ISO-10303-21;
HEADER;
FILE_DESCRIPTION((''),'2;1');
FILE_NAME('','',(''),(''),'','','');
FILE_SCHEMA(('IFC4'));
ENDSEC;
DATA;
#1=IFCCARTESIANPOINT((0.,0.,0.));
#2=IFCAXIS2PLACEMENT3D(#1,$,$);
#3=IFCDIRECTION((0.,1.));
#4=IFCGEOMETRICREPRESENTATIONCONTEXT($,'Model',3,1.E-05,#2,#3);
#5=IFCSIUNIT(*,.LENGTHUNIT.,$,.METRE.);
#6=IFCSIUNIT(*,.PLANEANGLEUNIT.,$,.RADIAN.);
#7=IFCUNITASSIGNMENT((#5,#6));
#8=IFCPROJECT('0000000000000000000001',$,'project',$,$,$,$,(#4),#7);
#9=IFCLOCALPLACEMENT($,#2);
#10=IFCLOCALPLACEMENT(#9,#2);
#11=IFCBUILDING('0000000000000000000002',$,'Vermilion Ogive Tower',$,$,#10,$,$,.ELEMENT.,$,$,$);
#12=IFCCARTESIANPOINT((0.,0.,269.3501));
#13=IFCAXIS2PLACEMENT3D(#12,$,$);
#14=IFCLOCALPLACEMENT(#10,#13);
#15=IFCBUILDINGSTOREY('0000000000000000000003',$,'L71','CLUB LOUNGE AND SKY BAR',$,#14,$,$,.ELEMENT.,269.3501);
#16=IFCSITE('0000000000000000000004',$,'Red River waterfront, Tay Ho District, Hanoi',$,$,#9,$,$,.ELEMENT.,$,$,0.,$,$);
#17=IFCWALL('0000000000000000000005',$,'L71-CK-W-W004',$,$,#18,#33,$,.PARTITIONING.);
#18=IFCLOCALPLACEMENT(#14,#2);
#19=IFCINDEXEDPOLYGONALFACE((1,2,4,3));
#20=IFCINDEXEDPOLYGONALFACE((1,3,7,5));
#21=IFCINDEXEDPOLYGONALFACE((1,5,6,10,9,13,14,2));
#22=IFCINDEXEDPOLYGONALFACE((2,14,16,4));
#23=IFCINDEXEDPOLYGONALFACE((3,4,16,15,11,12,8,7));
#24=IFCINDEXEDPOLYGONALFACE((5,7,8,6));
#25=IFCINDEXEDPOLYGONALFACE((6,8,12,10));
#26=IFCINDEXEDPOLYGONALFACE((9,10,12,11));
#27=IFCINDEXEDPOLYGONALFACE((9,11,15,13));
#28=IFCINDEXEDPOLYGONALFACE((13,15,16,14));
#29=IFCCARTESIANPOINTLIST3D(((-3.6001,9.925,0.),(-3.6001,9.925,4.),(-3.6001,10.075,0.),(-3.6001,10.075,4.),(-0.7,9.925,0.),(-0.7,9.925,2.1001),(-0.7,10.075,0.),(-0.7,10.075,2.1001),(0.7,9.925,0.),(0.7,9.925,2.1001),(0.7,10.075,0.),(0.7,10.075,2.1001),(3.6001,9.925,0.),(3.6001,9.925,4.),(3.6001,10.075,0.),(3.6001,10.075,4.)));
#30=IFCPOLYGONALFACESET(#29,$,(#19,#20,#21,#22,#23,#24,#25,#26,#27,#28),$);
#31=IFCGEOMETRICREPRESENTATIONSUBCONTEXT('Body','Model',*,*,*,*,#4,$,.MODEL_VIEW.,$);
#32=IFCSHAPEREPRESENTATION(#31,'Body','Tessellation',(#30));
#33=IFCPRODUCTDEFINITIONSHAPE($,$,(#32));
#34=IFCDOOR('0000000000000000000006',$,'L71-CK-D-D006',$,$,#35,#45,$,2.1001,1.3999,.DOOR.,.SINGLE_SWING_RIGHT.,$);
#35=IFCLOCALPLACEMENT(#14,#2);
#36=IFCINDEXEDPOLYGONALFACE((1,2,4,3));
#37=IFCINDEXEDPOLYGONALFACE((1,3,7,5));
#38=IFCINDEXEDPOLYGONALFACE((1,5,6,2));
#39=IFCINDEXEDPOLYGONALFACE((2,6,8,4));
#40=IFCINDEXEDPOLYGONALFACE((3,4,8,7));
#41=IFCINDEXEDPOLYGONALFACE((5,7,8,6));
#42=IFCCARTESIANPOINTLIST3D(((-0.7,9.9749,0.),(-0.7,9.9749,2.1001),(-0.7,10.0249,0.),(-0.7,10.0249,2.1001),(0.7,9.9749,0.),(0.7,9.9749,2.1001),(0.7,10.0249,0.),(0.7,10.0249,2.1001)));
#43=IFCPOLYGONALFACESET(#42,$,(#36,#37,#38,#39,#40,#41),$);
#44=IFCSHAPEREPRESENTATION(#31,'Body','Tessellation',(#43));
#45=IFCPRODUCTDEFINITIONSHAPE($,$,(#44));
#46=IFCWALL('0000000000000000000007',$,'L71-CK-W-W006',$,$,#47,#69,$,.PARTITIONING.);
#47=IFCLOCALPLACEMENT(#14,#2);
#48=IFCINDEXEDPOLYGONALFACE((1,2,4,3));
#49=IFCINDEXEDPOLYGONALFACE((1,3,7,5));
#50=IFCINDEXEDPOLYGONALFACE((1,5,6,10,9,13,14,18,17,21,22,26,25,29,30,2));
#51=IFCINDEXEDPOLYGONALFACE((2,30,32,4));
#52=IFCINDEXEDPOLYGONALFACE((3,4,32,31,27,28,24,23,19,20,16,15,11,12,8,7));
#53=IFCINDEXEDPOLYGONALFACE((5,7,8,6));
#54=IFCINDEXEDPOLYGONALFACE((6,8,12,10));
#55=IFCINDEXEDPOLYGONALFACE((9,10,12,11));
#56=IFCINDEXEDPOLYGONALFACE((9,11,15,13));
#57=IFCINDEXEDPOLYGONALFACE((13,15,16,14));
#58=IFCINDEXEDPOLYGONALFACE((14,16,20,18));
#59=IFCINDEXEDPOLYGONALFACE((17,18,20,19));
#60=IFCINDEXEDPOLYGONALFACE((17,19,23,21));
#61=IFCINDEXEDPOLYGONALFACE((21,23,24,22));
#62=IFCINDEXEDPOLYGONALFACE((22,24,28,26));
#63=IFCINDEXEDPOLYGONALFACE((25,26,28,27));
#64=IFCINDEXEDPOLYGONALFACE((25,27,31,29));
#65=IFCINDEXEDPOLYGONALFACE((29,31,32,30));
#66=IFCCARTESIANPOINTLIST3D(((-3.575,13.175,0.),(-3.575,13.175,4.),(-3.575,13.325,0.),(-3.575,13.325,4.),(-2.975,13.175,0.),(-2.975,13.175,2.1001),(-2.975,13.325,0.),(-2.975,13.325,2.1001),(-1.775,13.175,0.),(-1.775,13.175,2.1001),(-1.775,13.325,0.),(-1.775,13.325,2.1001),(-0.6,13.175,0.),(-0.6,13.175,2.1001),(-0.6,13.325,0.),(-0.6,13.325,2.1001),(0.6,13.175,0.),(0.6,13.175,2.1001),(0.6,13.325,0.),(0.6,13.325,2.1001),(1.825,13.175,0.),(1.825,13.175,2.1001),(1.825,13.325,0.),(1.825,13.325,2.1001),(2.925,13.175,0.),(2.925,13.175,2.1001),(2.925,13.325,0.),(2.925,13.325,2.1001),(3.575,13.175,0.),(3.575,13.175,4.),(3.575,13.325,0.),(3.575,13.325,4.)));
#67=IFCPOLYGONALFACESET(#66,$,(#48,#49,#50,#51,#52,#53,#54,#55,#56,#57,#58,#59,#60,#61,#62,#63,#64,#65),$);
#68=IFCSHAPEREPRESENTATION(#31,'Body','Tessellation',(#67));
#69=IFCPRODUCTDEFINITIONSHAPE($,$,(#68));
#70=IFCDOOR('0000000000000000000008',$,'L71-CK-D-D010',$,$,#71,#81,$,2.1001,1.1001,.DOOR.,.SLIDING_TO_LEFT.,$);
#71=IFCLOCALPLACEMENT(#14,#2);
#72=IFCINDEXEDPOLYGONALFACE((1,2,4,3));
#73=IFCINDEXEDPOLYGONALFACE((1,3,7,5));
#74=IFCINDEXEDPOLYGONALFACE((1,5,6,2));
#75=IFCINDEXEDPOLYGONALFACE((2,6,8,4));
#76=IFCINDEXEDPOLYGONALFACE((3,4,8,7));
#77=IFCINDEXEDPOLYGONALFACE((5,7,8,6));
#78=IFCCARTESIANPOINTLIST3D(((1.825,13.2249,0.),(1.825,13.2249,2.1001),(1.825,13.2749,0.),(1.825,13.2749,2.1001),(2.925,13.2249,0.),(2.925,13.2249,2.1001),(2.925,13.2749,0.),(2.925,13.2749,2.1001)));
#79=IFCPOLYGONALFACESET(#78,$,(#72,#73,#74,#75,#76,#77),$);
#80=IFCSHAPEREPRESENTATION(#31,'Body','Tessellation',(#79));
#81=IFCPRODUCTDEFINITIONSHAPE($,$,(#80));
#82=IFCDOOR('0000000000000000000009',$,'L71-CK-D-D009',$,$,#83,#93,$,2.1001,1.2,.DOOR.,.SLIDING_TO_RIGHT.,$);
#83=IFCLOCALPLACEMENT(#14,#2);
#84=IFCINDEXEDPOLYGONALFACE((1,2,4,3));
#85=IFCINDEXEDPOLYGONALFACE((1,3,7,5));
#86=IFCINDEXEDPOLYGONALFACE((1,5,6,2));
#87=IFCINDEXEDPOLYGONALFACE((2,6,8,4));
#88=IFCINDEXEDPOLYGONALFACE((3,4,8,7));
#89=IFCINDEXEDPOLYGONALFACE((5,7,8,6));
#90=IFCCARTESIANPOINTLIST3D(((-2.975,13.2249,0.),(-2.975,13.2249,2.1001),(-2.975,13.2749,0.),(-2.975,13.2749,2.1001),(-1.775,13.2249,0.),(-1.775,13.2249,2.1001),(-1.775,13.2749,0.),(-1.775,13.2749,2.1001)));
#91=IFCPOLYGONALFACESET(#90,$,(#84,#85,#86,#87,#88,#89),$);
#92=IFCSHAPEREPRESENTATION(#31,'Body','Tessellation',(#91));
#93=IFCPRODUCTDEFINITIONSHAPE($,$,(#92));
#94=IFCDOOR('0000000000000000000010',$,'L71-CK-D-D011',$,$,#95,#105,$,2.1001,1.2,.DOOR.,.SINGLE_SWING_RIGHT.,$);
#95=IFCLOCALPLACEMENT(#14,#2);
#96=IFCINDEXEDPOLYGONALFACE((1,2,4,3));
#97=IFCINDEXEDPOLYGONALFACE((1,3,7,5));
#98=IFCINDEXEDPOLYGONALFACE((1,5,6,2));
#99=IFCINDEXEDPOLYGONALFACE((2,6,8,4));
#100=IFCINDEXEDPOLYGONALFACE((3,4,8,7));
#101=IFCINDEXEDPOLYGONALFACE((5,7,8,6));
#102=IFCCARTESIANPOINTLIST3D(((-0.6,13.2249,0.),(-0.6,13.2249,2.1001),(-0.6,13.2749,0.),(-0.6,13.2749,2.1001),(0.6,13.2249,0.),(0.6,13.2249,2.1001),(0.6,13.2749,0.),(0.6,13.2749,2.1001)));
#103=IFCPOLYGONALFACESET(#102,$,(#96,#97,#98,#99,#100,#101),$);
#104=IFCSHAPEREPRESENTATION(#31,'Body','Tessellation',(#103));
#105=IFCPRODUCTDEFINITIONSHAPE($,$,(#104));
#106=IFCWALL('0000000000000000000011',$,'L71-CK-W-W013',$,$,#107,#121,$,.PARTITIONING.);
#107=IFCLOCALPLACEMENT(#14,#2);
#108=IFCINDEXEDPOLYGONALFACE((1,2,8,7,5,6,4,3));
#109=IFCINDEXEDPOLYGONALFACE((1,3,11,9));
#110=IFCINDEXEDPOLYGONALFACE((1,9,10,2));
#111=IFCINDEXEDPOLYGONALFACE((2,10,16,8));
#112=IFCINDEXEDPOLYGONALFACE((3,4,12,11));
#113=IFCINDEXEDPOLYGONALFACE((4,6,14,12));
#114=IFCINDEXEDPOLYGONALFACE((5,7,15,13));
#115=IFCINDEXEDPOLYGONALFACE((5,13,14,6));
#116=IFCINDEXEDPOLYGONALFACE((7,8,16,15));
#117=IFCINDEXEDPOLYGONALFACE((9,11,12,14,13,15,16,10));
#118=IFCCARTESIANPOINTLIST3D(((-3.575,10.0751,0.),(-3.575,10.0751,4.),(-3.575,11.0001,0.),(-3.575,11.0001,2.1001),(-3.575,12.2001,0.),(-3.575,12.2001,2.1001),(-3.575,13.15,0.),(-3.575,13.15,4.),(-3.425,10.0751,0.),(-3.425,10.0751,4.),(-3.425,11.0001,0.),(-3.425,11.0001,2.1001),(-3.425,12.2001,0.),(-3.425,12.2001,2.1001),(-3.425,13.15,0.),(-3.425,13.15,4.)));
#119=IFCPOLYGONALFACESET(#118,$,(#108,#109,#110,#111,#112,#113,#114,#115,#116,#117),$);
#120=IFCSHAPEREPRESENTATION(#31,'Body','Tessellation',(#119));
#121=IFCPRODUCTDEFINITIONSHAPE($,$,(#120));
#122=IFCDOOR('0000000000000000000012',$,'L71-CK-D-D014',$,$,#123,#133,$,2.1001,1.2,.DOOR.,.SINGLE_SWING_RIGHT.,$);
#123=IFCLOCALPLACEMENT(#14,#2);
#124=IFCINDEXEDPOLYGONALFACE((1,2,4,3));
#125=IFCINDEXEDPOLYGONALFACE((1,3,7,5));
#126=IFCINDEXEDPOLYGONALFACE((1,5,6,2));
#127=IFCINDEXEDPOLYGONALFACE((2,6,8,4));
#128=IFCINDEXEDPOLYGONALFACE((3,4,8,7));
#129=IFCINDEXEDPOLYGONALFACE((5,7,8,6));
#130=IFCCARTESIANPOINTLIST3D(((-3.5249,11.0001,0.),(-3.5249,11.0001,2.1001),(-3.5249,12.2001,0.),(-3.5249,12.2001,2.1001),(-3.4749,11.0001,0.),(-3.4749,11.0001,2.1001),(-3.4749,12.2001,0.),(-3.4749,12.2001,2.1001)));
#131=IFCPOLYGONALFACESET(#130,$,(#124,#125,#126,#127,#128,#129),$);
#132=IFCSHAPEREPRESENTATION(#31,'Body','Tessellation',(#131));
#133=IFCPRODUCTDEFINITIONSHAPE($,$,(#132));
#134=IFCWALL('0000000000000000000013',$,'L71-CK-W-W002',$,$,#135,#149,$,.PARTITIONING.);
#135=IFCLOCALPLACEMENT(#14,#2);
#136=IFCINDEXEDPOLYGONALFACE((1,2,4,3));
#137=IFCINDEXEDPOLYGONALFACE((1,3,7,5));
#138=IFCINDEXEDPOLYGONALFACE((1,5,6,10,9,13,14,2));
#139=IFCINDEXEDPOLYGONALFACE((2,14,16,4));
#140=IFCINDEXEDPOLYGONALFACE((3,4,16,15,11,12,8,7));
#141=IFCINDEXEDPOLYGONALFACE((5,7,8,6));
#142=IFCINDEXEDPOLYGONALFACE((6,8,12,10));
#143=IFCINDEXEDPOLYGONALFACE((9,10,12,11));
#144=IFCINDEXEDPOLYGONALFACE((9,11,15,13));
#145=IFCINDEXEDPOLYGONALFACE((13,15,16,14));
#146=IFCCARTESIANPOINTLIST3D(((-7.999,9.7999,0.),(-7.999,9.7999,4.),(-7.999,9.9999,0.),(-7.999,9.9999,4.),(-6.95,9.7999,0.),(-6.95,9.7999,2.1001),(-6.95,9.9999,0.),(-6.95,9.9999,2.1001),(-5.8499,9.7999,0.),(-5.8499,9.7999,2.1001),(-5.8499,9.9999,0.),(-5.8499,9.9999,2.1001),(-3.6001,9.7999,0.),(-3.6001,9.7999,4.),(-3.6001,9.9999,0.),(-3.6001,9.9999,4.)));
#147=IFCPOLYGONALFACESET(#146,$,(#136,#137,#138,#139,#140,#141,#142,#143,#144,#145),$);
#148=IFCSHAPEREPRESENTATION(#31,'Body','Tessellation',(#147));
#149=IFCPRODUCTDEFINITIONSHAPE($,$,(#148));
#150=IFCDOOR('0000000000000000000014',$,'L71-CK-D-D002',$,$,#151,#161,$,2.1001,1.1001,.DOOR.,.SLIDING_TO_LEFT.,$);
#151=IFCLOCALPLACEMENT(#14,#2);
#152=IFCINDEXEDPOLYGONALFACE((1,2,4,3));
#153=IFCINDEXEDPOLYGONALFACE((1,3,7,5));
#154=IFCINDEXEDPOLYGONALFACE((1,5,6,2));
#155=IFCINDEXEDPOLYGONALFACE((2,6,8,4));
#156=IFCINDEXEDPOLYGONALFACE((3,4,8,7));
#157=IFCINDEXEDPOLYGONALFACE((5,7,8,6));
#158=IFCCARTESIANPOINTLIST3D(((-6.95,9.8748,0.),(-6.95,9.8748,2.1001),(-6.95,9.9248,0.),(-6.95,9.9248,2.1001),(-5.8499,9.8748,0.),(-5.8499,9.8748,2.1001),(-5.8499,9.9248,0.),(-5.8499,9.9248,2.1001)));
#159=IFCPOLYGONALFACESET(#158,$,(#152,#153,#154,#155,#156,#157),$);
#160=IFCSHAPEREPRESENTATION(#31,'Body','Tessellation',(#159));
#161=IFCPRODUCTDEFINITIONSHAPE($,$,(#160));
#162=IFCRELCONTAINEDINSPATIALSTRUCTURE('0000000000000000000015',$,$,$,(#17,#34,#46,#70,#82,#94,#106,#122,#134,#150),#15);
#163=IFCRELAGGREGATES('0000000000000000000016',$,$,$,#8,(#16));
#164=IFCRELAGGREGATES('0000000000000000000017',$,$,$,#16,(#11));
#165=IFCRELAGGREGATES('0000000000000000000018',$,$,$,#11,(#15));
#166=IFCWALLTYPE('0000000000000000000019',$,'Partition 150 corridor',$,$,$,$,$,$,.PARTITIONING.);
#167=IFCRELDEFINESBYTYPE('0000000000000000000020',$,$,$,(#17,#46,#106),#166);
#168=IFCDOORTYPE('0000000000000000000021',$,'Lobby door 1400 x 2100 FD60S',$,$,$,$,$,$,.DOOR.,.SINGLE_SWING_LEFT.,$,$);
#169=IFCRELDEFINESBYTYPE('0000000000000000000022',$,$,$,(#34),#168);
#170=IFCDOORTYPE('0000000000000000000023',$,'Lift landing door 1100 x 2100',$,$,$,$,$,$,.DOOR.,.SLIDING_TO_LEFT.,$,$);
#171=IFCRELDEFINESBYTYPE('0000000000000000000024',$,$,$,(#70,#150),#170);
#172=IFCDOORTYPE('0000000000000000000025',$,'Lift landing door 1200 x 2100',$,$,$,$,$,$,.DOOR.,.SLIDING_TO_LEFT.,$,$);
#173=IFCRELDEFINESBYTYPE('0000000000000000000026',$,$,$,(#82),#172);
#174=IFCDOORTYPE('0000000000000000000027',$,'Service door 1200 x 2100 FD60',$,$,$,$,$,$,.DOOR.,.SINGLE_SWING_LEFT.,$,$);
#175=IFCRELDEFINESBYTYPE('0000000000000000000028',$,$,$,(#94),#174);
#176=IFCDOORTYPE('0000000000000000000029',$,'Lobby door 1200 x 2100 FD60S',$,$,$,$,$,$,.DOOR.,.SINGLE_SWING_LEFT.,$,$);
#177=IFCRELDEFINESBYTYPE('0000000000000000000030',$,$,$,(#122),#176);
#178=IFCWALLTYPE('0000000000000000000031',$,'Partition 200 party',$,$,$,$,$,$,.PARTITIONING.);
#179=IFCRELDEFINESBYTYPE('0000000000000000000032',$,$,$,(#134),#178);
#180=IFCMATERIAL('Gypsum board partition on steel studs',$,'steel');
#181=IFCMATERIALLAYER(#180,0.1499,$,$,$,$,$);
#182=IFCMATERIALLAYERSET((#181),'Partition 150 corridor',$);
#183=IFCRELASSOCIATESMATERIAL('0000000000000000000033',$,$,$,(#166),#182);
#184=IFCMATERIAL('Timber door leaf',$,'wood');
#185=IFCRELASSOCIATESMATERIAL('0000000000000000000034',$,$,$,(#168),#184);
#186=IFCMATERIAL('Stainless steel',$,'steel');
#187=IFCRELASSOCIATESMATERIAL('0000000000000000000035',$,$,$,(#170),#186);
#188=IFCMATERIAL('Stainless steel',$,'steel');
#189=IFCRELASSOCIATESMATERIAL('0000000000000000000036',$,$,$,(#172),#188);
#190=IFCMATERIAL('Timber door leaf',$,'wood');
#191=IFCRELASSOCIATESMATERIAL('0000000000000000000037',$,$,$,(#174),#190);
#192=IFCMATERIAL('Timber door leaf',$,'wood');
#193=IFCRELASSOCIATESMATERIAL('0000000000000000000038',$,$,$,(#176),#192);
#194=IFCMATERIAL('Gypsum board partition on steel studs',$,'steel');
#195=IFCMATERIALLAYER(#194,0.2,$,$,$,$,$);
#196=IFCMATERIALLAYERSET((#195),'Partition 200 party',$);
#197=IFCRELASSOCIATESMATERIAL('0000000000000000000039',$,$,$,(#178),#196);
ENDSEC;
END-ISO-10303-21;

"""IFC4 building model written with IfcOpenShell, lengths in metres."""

from ifc_helpers import new_model, si_unit, direction, frame, frame_2d, origin, place, context, subcontext, project, spatial, rectangle, extrude, material, layer, layer_set, type_object, element, fill, save


model = new_model("IFC4")

# Units and contexts
model_context = context("Model", 3, precision=1e-05, world=origin(), true_north=direction((0.0, 1.0)))
body_context = subcontext(model_context, "Body", "Model", "MODEL_VIEW")
ifc_project = project(units=[si_unit("LENGTHUNIT", "METRE"), si_unit("PLANEANGLEUNIT", "RADIAN")], contexts=[model_context])

# Site, building, storey
site_placement = place(None, origin())
site = spatial("IfcSite", under=ifc_project, at=site_placement, Name="Red River waterfront, Tay Ho District, Hanoi", CompositionType="ELEMENT", RefElevation=0.0)
building_placement = place(site_placement, origin())
building = spatial("IfcBuilding", under=site, at=building_placement, Name="Vermilion Ogive Tower", CompositionType="ELEMENT")
storey_placement = place(building_placement, frame((0.0, 0.0, 269.3501)))
storey = spatial("IfcBuildingStorey", under=building, at=storey_placement, Name="L71", Description="CLUB LOUNGE AND SKY BAR", CompositionType="ELEMENT", Elevation=269.3501)

# Wall, opening, door
ifc_material_1 = material(Name="Gypsum board partition on steel studs", Category="steel")
ifc_layer_1 = layer(ifc_material_1, 0.1499)
ifc_layer_set_1 = layer_set([ifc_layer_1], Name="Partition 150 corridor")
wall_type_1 = type_object("IfcWallType", Name="Partition 150 corridor", PredefinedType="PARTITIONING", material=ifc_layer_set_1)
wall_1_placement = place(storey_placement, frame((-3.6001, 10.0, 0.0), z_axis=(0.0, 0.0, 1.0), x_axis=(1.0, 0.0, 0.0)))
wall_1 = element("IfcWall", 1, at=wall_1_placement, inside=storey, type_object=wall_type_1, Name="L71-CK-W-W004", PredefinedType="PARTITIONING", context=body_context, shape_type="SweptSolid", body=[
    extrude(rectangle(XDim=7.2002, YDim=0.1499, at=frame_2d((3.6001, 0.0))), origin(), (0.0, 0.0, 1.0), 4.0),
])
opening_1_placement = place(wall_1_placement, frame((2.9001, 0.0, 0.0)))
opening_1 = element("IfcOpeningElement", 2, at=opening_1_placement, cuts=wall_1, PredefinedType="OPENING", context=body_context, shape_type="SweptSolid", body=[
    extrude(rectangle(XDim=1.3999, YDim=2.1001, at=frame_2d((0.7, 1.05))), frame((0.0, 0.085, 0.0), z_axis=(0.0, -1.0, 0.0), x_axis=(1.0, 0.0, 0.0)), (0.0, 0.0, 1.0), 0.1699),
])
ifc_material_2 = material(Name="Timber door leaf", Category="wood")
door_type_1 = type_object("IfcDoorType", Name="Lobby door 1400 x 2100 FD60S", OperationType="SINGLE_SWING_LEFT", PredefinedType="DOOR", material=ifc_material_2)
door_1_placement = place(opening_1_placement, origin())
door_1 = element("IfcDoor", 3, at=door_1_placement, inside=storey, type_object=door_type_1, Name="L71-CK-D-D006", OperationType="SINGLE_SWING_RIGHT", OverallHeight=2.1001, OverallWidth=1.3999, PredefinedType="DOOR", context=body_context, shape_type="SweptSolid", body=[
    extrude(rectangle(XDim=1.3999, YDim=2.1001, at=frame_2d((0.7, 1.05))), frame((0.0, 0.0249, 0.0), z_axis=(0.0, -1.0, 0.0), x_axis=(1.0, 0.0, 0.0)), (0.0, 0.0, 1.0), 0.05),
])
fill(opening_1, door_1)

# Wall, openings, doors
wall_2_placement = place(storey_placement, frame((-3.575, 13.25, 0.0), z_axis=(0.0, 0.0, 1.0), x_axis=(1.0, 0.0, 0.0)))
wall_2 = element("IfcWall", 4, at=wall_2_placement, inside=storey, type_object=wall_type_1, Name="L71-CK-W-W006", PredefinedType="PARTITIONING", context=body_context, shape_type="SweptSolid", body=[
    extrude(rectangle(XDim=7.1499, YDim=0.1499, at=frame_2d((3.575, 0.0))), origin(), (0.0, 0.0, 1.0), 4.0),
])
opening_2_placement = place(wall_2_placement, frame((0.5999, 0.0, 0.0)))
opening_2 = element("IfcOpeningElement", 5, at=opening_2_placement, cuts=wall_2, PredefinedType="OPENING", context=body_context, shape_type="SweptSolid", body=[
    extrude(rectangle(XDim=1.2, YDim=2.1001, at=frame_2d((0.6001, 1.05))), frame((0.0, 0.085, 0.0), z_axis=(0.0, -1.0, 0.0), x_axis=(1.0, 0.0, 0.0)), (0.0, 0.0, 1.0), 0.1699),
])
opening_3_placement = place(wall_2_placement, frame((5.3999, 0.0, 0.0)))
opening_3 = element("IfcOpeningElement", 6, at=opening_3_placement, cuts=wall_2, PredefinedType="OPENING", context=body_context, shape_type="SweptSolid", body=[
    extrude(rectangle(XDim=1.1001, YDim=2.1001, at=frame_2d((0.55, 1.05))), frame((0.0, 0.085, 0.0), z_axis=(0.0, -1.0, 0.0), x_axis=(1.0, 0.0, 0.0)), (0.0, 0.0, 1.0), 0.1699),
])
opening_4_placement = place(wall_2_placement, frame((2.9749, 0.0, 0.0)))
opening_4 = element("IfcOpeningElement", 7, at=opening_4_placement, cuts=wall_2, PredefinedType="OPENING", context=body_context, shape_type="SweptSolid", body=[
    extrude(rectangle(XDim=1.2, YDim=2.1001, at=frame_2d((0.6001, 1.05))), frame((0.0, 0.085, 0.0), z_axis=(0.0, -1.0, 0.0), x_axis=(1.0, 0.0, 0.0)), (0.0, 0.0, 1.0), 0.1699),
])
ifc_material_3 = material(Name="Stainless steel", Category="steel")
door_type_2 = type_object("IfcDoorType", Name="Lift landing door 1100 x 2100", OperationType="SLIDING_TO_LEFT", PredefinedType="DOOR", material=ifc_material_3)
door_2_placement = place(opening_3_placement, origin())
door_2 = element("IfcDoor", 8, at=door_2_placement, inside=storey, type_object=door_type_2, Name="L71-CK-D-D010", OperationType="SLIDING_TO_LEFT", OverallHeight=2.1001, OverallWidth=1.1001, PredefinedType="DOOR", context=body_context, shape_type="SweptSolid", body=[
    extrude(rectangle(XDim=1.1001, YDim=2.1001, at=frame_2d((0.55, 1.05))), frame((0.0, 0.0249, 0.0), z_axis=(0.0, -1.0, 0.0), x_axis=(1.0, 0.0, 0.0)), (0.0, 0.0, 1.0), 0.05),
])
fill(opening_3, door_2)
ifc_material_4 = material(Name="Stainless steel", Category="steel")
door_type_3 = type_object("IfcDoorType", Name="Lift landing door 1200 x 2100", OperationType="SLIDING_TO_LEFT", PredefinedType="DOOR", material=ifc_material_4)
door_3_placement = place(opening_2_placement, origin())
door_3 = element("IfcDoor", 9, at=door_3_placement, inside=storey, type_object=door_type_3, Name="L71-CK-D-D009", OperationType="SLIDING_TO_RIGHT", OverallHeight=2.1001, OverallWidth=1.2, PredefinedType="DOOR", context=body_context, shape_type="SweptSolid", body=[
    extrude(rectangle(XDim=1.2, YDim=2.1001, at=frame_2d((0.6001, 1.05))), frame((0.0, 0.0249, 0.0), z_axis=(0.0, -1.0, 0.0), x_axis=(1.0, 0.0, 0.0)), (0.0, 0.0, 1.0), 0.05),
])
fill(opening_2, door_3)
ifc_material_5 = material(Name="Timber door leaf", Category="wood")
door_type_4 = type_object("IfcDoorType", Name="Service door 1200 x 2100 FD60", OperationType="SINGLE_SWING_LEFT", PredefinedType="DOOR", material=ifc_material_5)
door_4_placement = place(opening_4_placement, origin())
door_4 = element("IfcDoor", 10, at=door_4_placement, inside=storey, type_object=door_type_4, Name="L71-CK-D-D011", OperationType="SINGLE_SWING_RIGHT", OverallHeight=2.1001, OverallWidth=1.2, PredefinedType="DOOR", context=body_context, shape_type="SweptSolid", body=[
    extrude(rectangle(XDim=1.2, YDim=2.1001, at=frame_2d((0.6001, 1.05))), frame((0.0, 0.0249, 0.0), z_axis=(0.0, -1.0, 0.0), x_axis=(1.0, 0.0, 0.0)), (0.0, 0.0, 1.0), 0.05),
])
fill(opening_4, door_4)

# Walls, openings, doors
wall_3_placement = place(storey_placement, frame((-3.5, 10.075, 0.0), z_axis=(0.0, 0.0, 1.0), x_axis=(0.0, 1.0, 0.0)))
wall_3 = element("IfcWall", 11, at=wall_3_placement, inside=storey, type_object=wall_type_1, Name="L71-CK-W-W013", PredefinedType="PARTITIONING", context=body_context, shape_type="SweptSolid", body=[
    extrude(rectangle(XDim=3.075, YDim=0.1499, at=frame_2d((1.5376, 0.0))), origin(), (0.0, 0.0, 1.0), 4.0),
])
opening_5_placement = place(wall_3_placement, frame((0.925, 0.0, 0.0)))
opening_5 = element("IfcOpeningElement", 12, at=opening_5_placement, cuts=wall_3, PredefinedType="OPENING", context=body_context, shape_type="SweptSolid", body=[
    extrude(rectangle(XDim=1.2, YDim=2.1001, at=frame_2d((0.6001, 1.05))), frame((0.0, 0.085, 0.0), z_axis=(0.0, -1.0, 0.0), x_axis=(1.0, 0.0, 0.0)), (0.0, 0.0, 1.0), 0.1699),
])
ifc_material_6 = material(Name="Timber door leaf", Category="wood")
door_type_5 = type_object("IfcDoorType", Name="Lobby door 1200 x 2100 FD60S", OperationType="SINGLE_SWING_LEFT", PredefinedType="DOOR", material=ifc_material_6)
door_5_placement = place(opening_5_placement, origin())
door_5 = element("IfcDoor", 13, at=door_5_placement, inside=storey, type_object=door_type_5, Name="L71-CK-D-D014", OperationType="SINGLE_SWING_RIGHT", OverallHeight=2.1001, OverallWidth=1.2, PredefinedType="DOOR", context=body_context, shape_type="SweptSolid", body=[
    extrude(rectangle(XDim=1.2, YDim=2.1001, at=frame_2d((0.6001, 1.05))), frame((0.0, 0.0249, 0.0), z_axis=(0.0, -1.0, 0.0), x_axis=(1.0, 0.0, 0.0)), (0.0, 0.0, 1.0), 0.05),
])
fill(opening_5, door_5)
ifc_material_7 = material(Name="Gypsum board partition on steel studs", Category="steel")
ifc_layer_2 = layer(ifc_material_7, 0.2)
ifc_layer_set_2 = layer_set([ifc_layer_2], Name="Partition 200 party")
wall_type_2 = type_object("IfcWallType", Name="Partition 200 party", PredefinedType="PARTITIONING", material=ifc_layer_set_2)
wall_4_placement = place(storey_placement, frame((-7.999, 9.8999, 0.0), z_axis=(0.0, 0.0, 1.0), x_axis=(1.0, 0.0, 0.0)))
wall_4 = element("IfcWall", 14, at=wall_4_placement, inside=storey, type_object=wall_type_2, Name="L71-CK-W-W002", PredefinedType="PARTITIONING", context=body_context, shape_type="SweptSolid", body=[
    extrude(rectangle(XDim=4.3989, YDim=0.2, at=frame_2d((2.1995, 0.0))), origin(), (0.0, 0.0, 1.0), 4.0),
])
opening_6_placement = place(wall_4_placement, frame((1.0491, 0.0, 0.0)))
opening_6 = element("IfcOpeningElement", 15, at=opening_6_placement, cuts=wall_4, PredefinedType="OPENING", context=body_context, shape_type="SweptSolid", body=[
    extrude(rectangle(XDim=1.1001, YDim=2.1001, at=frame_2d((0.55, 1.05))), frame((0.0, 0.1099, 0.0), z_axis=(0.0, -1.0, 0.0), x_axis=(1.0, 0.0, 0.0)), (0.0, 0.0, 1.0), 0.22),
])
door_6_placement = place(opening_6_placement, origin())
door_6 = element("IfcDoor", 16, at=door_6_placement, inside=storey, type_object=door_type_2, Name="L71-CK-D-D002", OperationType="SLIDING_TO_LEFT", OverallHeight=2.1001, OverallWidth=1.1001, PredefinedType="DOOR", context=body_context, shape_type="SweptSolid", body=[
    extrude(rectangle(XDim=1.1001, YDim=2.1001, at=frame_2d((0.55, 1.05))), frame((0.0, 0.0249, 0.0), z_axis=(0.0, -1.0, 0.0), x_axis=(1.0, 0.0, 0.0)), (0.0, 0.0, 1.0), 0.05),
])
fill(opening_6, door_6)

save(model, "model.ifc")
